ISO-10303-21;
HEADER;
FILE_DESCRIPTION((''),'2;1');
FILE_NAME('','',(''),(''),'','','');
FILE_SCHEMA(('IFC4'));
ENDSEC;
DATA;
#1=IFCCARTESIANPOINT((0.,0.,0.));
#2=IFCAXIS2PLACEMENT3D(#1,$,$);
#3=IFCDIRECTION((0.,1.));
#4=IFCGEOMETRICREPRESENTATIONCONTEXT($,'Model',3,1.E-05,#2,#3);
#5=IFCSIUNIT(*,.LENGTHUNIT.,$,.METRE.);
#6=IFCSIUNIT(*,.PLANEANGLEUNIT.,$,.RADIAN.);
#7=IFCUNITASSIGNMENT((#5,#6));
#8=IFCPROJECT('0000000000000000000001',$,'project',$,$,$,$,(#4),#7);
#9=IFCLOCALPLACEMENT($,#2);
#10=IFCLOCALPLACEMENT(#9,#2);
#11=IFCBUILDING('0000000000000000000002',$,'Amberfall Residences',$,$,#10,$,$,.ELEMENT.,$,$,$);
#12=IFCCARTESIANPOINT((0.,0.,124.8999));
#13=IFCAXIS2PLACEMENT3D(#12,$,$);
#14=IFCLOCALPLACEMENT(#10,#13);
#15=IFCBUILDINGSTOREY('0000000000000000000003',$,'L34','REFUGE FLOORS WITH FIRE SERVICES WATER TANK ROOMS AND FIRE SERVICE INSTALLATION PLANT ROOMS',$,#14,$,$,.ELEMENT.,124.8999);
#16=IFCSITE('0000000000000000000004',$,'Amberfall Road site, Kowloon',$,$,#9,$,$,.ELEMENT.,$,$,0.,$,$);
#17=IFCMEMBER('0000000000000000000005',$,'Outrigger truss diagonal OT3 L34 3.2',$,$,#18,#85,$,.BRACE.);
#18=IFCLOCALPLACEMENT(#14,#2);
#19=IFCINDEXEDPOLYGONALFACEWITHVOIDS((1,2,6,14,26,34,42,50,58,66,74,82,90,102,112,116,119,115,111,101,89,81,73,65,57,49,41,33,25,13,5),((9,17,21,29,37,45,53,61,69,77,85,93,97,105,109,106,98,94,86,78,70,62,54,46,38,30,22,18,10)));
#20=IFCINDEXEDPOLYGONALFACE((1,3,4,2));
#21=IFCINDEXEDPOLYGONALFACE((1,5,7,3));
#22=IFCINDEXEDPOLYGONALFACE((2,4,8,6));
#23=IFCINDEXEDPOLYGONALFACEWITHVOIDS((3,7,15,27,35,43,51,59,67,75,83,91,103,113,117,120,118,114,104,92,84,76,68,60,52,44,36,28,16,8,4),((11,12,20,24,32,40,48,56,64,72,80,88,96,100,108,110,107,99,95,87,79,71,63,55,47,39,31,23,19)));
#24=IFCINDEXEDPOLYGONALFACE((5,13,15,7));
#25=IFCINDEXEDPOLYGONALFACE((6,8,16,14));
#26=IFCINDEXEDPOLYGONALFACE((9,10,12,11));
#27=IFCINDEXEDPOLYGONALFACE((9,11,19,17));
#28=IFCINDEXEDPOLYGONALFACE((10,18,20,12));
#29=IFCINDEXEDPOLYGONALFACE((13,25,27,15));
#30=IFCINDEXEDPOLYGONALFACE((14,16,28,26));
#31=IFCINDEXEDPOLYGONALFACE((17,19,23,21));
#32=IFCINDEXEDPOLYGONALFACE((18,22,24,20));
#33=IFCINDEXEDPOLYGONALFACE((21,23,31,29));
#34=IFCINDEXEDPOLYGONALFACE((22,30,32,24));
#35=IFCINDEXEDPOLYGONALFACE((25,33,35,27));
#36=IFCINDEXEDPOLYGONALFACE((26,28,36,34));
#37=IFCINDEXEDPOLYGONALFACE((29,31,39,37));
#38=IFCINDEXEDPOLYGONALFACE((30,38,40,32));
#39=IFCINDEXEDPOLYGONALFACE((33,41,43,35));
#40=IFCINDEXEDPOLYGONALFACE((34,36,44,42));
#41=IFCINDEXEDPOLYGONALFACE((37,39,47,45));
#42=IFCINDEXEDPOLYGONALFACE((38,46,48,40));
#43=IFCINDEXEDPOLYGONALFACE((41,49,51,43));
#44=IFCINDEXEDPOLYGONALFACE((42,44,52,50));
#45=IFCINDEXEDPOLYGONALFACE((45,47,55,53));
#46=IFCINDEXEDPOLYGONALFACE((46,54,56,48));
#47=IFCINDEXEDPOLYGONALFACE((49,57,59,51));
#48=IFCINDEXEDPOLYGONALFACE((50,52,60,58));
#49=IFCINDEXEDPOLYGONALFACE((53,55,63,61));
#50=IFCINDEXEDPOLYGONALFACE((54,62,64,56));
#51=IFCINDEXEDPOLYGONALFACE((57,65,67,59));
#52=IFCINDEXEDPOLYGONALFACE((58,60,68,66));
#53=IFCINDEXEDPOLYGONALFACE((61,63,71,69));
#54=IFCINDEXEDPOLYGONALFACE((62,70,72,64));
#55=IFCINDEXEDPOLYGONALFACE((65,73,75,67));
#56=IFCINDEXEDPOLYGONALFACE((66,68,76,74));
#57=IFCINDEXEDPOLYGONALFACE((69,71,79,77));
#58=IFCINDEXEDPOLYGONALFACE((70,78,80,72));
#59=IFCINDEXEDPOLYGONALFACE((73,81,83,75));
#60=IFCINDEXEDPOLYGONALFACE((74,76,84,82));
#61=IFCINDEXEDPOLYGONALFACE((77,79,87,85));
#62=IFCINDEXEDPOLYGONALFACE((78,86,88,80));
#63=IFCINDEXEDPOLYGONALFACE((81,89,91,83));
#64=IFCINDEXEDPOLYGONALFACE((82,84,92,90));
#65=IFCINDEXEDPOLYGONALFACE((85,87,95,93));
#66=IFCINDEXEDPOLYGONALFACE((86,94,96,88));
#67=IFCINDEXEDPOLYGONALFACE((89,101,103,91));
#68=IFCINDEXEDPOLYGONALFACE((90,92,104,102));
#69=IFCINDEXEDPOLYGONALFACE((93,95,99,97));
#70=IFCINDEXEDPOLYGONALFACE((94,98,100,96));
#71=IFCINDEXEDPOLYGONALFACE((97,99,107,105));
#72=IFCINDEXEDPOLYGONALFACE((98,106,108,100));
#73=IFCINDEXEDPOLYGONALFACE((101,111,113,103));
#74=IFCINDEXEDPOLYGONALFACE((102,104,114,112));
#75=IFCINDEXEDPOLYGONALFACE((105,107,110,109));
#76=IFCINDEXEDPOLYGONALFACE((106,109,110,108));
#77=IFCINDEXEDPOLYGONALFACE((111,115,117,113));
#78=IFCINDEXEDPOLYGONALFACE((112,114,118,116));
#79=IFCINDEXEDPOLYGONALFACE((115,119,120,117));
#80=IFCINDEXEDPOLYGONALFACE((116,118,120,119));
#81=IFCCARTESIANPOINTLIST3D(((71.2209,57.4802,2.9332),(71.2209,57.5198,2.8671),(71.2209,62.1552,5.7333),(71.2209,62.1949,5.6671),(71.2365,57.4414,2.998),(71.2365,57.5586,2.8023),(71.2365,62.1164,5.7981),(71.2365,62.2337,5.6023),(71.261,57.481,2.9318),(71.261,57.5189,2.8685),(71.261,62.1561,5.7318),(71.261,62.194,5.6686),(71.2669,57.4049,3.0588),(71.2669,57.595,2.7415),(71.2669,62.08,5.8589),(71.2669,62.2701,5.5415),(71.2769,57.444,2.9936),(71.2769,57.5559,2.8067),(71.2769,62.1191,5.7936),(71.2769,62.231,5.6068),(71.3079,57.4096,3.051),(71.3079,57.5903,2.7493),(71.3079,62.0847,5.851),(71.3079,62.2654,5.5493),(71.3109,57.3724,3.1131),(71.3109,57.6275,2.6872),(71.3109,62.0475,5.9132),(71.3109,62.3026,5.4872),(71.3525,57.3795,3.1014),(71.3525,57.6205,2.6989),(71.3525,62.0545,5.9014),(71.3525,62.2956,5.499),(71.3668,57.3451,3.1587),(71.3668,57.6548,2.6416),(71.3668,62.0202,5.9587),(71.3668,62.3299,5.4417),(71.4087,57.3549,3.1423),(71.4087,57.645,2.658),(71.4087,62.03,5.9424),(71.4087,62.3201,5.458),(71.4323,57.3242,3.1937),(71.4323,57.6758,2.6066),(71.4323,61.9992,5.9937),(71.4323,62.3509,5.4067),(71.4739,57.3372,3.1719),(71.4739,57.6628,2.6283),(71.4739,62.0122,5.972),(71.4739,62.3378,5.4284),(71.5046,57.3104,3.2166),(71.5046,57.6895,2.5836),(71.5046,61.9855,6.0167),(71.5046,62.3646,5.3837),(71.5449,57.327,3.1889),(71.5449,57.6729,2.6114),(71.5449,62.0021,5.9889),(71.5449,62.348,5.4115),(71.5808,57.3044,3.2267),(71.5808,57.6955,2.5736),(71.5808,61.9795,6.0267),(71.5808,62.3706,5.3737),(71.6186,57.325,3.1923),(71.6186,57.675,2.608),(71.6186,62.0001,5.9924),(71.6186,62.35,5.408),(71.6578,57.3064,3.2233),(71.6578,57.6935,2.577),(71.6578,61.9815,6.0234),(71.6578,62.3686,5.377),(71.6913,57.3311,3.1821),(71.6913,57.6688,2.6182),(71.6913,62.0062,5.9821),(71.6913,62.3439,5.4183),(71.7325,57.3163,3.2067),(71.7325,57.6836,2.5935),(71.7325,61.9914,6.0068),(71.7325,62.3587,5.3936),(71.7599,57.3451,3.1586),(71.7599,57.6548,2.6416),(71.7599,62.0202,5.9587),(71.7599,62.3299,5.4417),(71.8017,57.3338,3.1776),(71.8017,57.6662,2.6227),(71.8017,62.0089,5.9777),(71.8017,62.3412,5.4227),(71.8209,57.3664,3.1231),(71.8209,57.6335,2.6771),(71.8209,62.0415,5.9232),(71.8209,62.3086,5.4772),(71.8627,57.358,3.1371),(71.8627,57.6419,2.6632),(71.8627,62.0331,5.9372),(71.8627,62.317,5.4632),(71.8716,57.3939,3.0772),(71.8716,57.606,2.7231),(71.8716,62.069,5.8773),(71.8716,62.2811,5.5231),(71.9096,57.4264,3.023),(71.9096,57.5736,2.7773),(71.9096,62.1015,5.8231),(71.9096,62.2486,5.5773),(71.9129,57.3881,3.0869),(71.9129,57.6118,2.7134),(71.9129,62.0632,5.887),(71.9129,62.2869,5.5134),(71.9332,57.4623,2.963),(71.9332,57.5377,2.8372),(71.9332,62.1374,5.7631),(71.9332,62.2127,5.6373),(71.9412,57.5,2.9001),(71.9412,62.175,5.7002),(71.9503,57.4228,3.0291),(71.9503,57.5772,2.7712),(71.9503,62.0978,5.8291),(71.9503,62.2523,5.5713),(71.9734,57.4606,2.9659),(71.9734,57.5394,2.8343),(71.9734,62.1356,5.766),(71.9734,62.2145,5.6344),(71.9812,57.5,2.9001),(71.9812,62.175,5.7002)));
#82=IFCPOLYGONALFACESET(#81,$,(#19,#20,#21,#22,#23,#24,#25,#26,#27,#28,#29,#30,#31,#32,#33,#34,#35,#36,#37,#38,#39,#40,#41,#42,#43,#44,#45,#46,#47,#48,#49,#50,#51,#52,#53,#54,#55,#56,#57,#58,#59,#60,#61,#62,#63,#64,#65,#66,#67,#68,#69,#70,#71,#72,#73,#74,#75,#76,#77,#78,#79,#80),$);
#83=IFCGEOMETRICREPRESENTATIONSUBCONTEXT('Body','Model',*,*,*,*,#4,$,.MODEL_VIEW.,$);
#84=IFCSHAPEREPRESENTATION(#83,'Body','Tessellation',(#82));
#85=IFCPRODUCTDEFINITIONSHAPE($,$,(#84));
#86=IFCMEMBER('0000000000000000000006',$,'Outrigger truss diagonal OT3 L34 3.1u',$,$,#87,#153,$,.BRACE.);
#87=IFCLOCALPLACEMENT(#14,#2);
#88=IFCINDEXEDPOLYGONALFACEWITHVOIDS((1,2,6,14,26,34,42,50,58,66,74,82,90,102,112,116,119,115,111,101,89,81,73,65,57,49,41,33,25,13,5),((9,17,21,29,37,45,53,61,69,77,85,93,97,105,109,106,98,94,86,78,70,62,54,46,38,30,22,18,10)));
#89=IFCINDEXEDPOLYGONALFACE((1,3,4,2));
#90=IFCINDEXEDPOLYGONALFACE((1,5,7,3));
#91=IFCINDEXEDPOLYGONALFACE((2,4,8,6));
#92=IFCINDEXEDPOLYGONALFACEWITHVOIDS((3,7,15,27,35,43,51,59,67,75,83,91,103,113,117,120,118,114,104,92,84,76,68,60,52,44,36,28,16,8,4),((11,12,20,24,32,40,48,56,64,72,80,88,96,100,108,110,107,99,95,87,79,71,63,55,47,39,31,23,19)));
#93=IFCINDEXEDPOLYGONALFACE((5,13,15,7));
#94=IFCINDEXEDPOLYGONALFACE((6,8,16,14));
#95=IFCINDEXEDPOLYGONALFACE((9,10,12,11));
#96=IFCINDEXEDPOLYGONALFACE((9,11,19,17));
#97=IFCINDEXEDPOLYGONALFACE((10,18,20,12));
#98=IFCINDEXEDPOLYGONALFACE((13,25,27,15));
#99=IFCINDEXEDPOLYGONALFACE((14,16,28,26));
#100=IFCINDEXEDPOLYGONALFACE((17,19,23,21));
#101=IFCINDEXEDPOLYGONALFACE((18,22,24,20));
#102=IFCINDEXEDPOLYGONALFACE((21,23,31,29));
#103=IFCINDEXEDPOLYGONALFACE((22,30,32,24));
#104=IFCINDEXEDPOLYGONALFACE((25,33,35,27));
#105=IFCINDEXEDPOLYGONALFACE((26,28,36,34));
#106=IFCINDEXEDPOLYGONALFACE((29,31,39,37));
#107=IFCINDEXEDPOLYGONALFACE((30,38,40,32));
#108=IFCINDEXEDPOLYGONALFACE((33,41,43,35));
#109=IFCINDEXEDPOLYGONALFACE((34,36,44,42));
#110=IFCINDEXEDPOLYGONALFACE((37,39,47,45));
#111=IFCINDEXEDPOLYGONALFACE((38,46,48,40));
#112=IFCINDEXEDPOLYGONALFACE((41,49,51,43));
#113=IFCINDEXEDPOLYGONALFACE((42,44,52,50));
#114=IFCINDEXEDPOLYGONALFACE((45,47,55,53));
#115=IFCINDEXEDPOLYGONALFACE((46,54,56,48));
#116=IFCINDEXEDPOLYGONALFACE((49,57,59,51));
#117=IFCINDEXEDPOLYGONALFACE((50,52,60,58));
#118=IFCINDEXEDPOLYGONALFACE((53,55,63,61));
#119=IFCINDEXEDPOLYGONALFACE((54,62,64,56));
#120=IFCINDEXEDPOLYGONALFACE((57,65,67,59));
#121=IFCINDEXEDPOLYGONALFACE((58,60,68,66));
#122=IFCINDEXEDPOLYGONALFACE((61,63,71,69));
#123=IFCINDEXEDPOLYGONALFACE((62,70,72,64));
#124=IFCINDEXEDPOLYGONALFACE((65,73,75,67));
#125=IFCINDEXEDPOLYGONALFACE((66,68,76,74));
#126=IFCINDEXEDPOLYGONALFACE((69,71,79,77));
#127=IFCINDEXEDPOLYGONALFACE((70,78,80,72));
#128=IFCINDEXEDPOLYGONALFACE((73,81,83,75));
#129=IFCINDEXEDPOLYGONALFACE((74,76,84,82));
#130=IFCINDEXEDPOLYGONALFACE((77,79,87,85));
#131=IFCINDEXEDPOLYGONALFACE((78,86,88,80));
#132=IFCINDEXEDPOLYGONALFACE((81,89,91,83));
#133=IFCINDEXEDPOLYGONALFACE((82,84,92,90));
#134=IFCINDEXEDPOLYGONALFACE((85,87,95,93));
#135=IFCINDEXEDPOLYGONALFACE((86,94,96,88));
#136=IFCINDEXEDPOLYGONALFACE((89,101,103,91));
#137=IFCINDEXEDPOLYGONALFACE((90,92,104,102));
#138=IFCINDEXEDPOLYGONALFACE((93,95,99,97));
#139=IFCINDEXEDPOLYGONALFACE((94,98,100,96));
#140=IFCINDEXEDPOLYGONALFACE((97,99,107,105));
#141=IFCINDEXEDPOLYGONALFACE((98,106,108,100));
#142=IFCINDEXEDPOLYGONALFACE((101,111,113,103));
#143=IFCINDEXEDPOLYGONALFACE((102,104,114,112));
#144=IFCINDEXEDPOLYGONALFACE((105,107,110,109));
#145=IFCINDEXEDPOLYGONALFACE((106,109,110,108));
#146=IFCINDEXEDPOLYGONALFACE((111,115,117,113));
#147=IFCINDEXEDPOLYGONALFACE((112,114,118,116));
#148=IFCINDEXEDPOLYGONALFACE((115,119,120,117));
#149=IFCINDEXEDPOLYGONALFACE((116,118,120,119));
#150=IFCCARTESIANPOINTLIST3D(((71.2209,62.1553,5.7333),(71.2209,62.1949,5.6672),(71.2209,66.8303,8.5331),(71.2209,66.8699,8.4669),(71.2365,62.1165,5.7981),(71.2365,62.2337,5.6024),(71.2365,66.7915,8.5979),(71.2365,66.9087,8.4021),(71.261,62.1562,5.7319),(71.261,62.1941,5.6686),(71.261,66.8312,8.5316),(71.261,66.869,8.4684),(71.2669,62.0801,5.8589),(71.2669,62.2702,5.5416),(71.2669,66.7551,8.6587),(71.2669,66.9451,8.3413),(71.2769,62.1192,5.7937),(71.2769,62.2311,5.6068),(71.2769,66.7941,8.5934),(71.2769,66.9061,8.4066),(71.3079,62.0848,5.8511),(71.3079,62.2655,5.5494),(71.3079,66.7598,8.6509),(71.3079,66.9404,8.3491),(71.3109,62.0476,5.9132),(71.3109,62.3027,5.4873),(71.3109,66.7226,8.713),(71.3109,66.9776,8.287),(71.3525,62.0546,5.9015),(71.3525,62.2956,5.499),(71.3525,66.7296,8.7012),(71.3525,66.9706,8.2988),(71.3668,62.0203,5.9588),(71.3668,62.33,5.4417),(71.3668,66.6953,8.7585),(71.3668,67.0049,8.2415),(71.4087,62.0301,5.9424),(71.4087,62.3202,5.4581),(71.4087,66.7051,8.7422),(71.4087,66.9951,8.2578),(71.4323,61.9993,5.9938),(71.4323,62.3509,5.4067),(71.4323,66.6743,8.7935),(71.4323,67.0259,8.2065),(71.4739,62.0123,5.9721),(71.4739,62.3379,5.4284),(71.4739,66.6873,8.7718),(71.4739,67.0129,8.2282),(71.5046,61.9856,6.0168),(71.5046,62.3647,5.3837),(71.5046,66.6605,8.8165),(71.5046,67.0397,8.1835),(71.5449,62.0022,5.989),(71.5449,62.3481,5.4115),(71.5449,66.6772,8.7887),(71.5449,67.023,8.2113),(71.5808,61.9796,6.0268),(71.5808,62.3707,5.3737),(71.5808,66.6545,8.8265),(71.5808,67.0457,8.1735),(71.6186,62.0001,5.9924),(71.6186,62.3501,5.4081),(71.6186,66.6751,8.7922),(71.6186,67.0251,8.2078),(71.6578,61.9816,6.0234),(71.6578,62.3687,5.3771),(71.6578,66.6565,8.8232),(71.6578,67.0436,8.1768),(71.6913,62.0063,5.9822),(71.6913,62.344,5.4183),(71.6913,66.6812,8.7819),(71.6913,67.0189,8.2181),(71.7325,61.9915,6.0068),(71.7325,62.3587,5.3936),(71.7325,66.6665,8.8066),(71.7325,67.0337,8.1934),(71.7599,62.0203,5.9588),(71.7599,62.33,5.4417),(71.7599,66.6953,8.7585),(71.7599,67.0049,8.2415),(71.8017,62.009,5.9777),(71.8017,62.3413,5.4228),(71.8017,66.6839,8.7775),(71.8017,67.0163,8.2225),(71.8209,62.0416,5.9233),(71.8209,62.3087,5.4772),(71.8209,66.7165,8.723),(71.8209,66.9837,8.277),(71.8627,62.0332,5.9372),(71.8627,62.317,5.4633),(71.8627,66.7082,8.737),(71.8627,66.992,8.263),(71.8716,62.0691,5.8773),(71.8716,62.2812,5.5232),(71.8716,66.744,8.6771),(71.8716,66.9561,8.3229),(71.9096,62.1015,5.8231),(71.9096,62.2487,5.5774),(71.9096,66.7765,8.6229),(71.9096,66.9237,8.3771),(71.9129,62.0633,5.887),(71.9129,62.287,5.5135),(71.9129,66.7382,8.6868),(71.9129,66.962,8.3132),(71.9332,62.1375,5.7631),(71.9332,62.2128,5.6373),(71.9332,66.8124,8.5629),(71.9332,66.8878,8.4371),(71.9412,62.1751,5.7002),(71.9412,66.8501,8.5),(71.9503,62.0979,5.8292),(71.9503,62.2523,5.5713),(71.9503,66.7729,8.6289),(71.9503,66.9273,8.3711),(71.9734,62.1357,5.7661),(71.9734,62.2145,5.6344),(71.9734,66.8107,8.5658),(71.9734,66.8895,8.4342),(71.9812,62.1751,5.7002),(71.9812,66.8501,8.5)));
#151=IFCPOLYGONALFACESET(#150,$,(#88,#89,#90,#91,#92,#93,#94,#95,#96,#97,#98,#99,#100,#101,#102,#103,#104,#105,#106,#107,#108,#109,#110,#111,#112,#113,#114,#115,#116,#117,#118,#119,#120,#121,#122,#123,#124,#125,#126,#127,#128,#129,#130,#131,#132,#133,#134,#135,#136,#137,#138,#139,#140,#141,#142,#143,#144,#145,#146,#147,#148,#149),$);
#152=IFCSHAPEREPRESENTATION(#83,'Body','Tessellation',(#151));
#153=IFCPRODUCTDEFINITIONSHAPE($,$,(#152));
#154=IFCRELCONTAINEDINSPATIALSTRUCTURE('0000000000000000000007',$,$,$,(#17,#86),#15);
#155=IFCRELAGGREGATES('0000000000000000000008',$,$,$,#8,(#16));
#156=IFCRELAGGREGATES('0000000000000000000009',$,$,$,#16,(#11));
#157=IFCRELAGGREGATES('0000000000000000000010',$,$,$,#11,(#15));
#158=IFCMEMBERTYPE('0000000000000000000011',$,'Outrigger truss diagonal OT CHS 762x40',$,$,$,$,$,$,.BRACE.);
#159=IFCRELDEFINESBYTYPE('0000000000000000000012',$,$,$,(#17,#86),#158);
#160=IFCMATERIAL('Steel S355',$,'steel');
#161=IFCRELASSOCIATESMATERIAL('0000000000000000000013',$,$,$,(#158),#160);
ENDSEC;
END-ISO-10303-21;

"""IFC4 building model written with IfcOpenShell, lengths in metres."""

from ifc_helpers import new_model, si_unit, direction, frame, origin, origin_2d, place, context, subcontext, project, spatial, hollow_circle, extrude, material, material_profile, profile_set, type_object, element, save


model = new_model("IFC4")

# Units and contexts
model_context = context("Model", 3, precision=1e-05, world=origin(), true_north=direction((0.0, 1.0)))
body_context = subcontext(model_context, "Body", "Model", "MODEL_VIEW")
ifc_project = project(units=[si_unit("LENGTHUNIT", "METRE"), si_unit("PLANEANGLEUNIT", "RADIAN")], contexts=[model_context])

# Site, building, storey
site_placement = place(None, origin())
site = spatial("IfcSite", under=ifc_project, at=site_placement, Name="Amberfall Road site, Kowloon", CompositionType="ELEMENT", RefElevation=0.0)
building_placement = place(site_placement, origin())
building = spatial("IfcBuilding", under=site, at=building_placement, Name="Amberfall Residences", CompositionType="ELEMENT")
storey_placement = place(building_placement, frame((0.0, 0.0, 124.8999)))
storey = spatial("IfcBuildingStorey", under=building, at=storey_placement, Name="L34", Description="REFUGE FLOORS WITH FIRE SERVICES WATER TANK ROOMS AND FIRE SERVICE INSTALLATION PLANT ROOMS", CompositionType="ELEMENT", Elevation=124.8999)

# Shared definitions
ifc_material_1 = material(Name="Steel S355", Category="steel")

# Members
ifc_material_profile_1 = material_profile(ifc_material_1, hollow_circle(Radius=0.3811, WallThickness=0.04, at=origin_2d()), Name="CHS 762x40")
ifc_profile_set_1 = profile_set([ifc_material_profile_1], Name="Steel S355")
member_type_1 = type_object("IfcMemberType", Name="Outrigger truss diagonal OT CHS 762x40", PredefinedType="BRACE", material=ifc_profile_set_1)
for number, where, z_axis, x_axis, name in (
    (1, (71.6001, 62.175, 5.7002), (0.0, -0.857896, -0.513824), (1.0, 0.0, 0.0), "Outrigger truss diagonal OT3 L34 3.2"),
):
    element("IfcMember", number, at=place(storey_placement, frame(where, z_axis=z_axis, x_axis=x_axis)), inside=storey, type_object=member_type_1, Name=name, PredefinedType="BRACE", context=body_context, shape_type="SweptSolid", body=[
        extrude(hollow_circle(Radius=0.3811, WallThickness=0.04, at=origin_2d()), origin(), (0.0, 0.0, 1.0), 5.4495),
    ])
for number, where, z_axis, x_axis, name in (
    (2, (71.6001, 66.8501, 8.5), (0.0, -0.857916, -0.513791), (1.0, 0.0, 0.0), "Outrigger truss diagonal OT3 L34 3.1u"),
):
    element("IfcMember", number, at=place(storey_placement, frame(where, z_axis=z_axis, x_axis=x_axis)), inside=storey, type_object=member_type_1, Name=name, PredefinedType="BRACE", context=body_context, shape_type="SweptSolid", body=[
        extrude(hollow_circle(Radius=0.3811, WallThickness=0.04, at=origin_2d()), origin(), (0.0, 0.0, 1.0), 5.4492),
    ])

save(model, "model.ifc")
